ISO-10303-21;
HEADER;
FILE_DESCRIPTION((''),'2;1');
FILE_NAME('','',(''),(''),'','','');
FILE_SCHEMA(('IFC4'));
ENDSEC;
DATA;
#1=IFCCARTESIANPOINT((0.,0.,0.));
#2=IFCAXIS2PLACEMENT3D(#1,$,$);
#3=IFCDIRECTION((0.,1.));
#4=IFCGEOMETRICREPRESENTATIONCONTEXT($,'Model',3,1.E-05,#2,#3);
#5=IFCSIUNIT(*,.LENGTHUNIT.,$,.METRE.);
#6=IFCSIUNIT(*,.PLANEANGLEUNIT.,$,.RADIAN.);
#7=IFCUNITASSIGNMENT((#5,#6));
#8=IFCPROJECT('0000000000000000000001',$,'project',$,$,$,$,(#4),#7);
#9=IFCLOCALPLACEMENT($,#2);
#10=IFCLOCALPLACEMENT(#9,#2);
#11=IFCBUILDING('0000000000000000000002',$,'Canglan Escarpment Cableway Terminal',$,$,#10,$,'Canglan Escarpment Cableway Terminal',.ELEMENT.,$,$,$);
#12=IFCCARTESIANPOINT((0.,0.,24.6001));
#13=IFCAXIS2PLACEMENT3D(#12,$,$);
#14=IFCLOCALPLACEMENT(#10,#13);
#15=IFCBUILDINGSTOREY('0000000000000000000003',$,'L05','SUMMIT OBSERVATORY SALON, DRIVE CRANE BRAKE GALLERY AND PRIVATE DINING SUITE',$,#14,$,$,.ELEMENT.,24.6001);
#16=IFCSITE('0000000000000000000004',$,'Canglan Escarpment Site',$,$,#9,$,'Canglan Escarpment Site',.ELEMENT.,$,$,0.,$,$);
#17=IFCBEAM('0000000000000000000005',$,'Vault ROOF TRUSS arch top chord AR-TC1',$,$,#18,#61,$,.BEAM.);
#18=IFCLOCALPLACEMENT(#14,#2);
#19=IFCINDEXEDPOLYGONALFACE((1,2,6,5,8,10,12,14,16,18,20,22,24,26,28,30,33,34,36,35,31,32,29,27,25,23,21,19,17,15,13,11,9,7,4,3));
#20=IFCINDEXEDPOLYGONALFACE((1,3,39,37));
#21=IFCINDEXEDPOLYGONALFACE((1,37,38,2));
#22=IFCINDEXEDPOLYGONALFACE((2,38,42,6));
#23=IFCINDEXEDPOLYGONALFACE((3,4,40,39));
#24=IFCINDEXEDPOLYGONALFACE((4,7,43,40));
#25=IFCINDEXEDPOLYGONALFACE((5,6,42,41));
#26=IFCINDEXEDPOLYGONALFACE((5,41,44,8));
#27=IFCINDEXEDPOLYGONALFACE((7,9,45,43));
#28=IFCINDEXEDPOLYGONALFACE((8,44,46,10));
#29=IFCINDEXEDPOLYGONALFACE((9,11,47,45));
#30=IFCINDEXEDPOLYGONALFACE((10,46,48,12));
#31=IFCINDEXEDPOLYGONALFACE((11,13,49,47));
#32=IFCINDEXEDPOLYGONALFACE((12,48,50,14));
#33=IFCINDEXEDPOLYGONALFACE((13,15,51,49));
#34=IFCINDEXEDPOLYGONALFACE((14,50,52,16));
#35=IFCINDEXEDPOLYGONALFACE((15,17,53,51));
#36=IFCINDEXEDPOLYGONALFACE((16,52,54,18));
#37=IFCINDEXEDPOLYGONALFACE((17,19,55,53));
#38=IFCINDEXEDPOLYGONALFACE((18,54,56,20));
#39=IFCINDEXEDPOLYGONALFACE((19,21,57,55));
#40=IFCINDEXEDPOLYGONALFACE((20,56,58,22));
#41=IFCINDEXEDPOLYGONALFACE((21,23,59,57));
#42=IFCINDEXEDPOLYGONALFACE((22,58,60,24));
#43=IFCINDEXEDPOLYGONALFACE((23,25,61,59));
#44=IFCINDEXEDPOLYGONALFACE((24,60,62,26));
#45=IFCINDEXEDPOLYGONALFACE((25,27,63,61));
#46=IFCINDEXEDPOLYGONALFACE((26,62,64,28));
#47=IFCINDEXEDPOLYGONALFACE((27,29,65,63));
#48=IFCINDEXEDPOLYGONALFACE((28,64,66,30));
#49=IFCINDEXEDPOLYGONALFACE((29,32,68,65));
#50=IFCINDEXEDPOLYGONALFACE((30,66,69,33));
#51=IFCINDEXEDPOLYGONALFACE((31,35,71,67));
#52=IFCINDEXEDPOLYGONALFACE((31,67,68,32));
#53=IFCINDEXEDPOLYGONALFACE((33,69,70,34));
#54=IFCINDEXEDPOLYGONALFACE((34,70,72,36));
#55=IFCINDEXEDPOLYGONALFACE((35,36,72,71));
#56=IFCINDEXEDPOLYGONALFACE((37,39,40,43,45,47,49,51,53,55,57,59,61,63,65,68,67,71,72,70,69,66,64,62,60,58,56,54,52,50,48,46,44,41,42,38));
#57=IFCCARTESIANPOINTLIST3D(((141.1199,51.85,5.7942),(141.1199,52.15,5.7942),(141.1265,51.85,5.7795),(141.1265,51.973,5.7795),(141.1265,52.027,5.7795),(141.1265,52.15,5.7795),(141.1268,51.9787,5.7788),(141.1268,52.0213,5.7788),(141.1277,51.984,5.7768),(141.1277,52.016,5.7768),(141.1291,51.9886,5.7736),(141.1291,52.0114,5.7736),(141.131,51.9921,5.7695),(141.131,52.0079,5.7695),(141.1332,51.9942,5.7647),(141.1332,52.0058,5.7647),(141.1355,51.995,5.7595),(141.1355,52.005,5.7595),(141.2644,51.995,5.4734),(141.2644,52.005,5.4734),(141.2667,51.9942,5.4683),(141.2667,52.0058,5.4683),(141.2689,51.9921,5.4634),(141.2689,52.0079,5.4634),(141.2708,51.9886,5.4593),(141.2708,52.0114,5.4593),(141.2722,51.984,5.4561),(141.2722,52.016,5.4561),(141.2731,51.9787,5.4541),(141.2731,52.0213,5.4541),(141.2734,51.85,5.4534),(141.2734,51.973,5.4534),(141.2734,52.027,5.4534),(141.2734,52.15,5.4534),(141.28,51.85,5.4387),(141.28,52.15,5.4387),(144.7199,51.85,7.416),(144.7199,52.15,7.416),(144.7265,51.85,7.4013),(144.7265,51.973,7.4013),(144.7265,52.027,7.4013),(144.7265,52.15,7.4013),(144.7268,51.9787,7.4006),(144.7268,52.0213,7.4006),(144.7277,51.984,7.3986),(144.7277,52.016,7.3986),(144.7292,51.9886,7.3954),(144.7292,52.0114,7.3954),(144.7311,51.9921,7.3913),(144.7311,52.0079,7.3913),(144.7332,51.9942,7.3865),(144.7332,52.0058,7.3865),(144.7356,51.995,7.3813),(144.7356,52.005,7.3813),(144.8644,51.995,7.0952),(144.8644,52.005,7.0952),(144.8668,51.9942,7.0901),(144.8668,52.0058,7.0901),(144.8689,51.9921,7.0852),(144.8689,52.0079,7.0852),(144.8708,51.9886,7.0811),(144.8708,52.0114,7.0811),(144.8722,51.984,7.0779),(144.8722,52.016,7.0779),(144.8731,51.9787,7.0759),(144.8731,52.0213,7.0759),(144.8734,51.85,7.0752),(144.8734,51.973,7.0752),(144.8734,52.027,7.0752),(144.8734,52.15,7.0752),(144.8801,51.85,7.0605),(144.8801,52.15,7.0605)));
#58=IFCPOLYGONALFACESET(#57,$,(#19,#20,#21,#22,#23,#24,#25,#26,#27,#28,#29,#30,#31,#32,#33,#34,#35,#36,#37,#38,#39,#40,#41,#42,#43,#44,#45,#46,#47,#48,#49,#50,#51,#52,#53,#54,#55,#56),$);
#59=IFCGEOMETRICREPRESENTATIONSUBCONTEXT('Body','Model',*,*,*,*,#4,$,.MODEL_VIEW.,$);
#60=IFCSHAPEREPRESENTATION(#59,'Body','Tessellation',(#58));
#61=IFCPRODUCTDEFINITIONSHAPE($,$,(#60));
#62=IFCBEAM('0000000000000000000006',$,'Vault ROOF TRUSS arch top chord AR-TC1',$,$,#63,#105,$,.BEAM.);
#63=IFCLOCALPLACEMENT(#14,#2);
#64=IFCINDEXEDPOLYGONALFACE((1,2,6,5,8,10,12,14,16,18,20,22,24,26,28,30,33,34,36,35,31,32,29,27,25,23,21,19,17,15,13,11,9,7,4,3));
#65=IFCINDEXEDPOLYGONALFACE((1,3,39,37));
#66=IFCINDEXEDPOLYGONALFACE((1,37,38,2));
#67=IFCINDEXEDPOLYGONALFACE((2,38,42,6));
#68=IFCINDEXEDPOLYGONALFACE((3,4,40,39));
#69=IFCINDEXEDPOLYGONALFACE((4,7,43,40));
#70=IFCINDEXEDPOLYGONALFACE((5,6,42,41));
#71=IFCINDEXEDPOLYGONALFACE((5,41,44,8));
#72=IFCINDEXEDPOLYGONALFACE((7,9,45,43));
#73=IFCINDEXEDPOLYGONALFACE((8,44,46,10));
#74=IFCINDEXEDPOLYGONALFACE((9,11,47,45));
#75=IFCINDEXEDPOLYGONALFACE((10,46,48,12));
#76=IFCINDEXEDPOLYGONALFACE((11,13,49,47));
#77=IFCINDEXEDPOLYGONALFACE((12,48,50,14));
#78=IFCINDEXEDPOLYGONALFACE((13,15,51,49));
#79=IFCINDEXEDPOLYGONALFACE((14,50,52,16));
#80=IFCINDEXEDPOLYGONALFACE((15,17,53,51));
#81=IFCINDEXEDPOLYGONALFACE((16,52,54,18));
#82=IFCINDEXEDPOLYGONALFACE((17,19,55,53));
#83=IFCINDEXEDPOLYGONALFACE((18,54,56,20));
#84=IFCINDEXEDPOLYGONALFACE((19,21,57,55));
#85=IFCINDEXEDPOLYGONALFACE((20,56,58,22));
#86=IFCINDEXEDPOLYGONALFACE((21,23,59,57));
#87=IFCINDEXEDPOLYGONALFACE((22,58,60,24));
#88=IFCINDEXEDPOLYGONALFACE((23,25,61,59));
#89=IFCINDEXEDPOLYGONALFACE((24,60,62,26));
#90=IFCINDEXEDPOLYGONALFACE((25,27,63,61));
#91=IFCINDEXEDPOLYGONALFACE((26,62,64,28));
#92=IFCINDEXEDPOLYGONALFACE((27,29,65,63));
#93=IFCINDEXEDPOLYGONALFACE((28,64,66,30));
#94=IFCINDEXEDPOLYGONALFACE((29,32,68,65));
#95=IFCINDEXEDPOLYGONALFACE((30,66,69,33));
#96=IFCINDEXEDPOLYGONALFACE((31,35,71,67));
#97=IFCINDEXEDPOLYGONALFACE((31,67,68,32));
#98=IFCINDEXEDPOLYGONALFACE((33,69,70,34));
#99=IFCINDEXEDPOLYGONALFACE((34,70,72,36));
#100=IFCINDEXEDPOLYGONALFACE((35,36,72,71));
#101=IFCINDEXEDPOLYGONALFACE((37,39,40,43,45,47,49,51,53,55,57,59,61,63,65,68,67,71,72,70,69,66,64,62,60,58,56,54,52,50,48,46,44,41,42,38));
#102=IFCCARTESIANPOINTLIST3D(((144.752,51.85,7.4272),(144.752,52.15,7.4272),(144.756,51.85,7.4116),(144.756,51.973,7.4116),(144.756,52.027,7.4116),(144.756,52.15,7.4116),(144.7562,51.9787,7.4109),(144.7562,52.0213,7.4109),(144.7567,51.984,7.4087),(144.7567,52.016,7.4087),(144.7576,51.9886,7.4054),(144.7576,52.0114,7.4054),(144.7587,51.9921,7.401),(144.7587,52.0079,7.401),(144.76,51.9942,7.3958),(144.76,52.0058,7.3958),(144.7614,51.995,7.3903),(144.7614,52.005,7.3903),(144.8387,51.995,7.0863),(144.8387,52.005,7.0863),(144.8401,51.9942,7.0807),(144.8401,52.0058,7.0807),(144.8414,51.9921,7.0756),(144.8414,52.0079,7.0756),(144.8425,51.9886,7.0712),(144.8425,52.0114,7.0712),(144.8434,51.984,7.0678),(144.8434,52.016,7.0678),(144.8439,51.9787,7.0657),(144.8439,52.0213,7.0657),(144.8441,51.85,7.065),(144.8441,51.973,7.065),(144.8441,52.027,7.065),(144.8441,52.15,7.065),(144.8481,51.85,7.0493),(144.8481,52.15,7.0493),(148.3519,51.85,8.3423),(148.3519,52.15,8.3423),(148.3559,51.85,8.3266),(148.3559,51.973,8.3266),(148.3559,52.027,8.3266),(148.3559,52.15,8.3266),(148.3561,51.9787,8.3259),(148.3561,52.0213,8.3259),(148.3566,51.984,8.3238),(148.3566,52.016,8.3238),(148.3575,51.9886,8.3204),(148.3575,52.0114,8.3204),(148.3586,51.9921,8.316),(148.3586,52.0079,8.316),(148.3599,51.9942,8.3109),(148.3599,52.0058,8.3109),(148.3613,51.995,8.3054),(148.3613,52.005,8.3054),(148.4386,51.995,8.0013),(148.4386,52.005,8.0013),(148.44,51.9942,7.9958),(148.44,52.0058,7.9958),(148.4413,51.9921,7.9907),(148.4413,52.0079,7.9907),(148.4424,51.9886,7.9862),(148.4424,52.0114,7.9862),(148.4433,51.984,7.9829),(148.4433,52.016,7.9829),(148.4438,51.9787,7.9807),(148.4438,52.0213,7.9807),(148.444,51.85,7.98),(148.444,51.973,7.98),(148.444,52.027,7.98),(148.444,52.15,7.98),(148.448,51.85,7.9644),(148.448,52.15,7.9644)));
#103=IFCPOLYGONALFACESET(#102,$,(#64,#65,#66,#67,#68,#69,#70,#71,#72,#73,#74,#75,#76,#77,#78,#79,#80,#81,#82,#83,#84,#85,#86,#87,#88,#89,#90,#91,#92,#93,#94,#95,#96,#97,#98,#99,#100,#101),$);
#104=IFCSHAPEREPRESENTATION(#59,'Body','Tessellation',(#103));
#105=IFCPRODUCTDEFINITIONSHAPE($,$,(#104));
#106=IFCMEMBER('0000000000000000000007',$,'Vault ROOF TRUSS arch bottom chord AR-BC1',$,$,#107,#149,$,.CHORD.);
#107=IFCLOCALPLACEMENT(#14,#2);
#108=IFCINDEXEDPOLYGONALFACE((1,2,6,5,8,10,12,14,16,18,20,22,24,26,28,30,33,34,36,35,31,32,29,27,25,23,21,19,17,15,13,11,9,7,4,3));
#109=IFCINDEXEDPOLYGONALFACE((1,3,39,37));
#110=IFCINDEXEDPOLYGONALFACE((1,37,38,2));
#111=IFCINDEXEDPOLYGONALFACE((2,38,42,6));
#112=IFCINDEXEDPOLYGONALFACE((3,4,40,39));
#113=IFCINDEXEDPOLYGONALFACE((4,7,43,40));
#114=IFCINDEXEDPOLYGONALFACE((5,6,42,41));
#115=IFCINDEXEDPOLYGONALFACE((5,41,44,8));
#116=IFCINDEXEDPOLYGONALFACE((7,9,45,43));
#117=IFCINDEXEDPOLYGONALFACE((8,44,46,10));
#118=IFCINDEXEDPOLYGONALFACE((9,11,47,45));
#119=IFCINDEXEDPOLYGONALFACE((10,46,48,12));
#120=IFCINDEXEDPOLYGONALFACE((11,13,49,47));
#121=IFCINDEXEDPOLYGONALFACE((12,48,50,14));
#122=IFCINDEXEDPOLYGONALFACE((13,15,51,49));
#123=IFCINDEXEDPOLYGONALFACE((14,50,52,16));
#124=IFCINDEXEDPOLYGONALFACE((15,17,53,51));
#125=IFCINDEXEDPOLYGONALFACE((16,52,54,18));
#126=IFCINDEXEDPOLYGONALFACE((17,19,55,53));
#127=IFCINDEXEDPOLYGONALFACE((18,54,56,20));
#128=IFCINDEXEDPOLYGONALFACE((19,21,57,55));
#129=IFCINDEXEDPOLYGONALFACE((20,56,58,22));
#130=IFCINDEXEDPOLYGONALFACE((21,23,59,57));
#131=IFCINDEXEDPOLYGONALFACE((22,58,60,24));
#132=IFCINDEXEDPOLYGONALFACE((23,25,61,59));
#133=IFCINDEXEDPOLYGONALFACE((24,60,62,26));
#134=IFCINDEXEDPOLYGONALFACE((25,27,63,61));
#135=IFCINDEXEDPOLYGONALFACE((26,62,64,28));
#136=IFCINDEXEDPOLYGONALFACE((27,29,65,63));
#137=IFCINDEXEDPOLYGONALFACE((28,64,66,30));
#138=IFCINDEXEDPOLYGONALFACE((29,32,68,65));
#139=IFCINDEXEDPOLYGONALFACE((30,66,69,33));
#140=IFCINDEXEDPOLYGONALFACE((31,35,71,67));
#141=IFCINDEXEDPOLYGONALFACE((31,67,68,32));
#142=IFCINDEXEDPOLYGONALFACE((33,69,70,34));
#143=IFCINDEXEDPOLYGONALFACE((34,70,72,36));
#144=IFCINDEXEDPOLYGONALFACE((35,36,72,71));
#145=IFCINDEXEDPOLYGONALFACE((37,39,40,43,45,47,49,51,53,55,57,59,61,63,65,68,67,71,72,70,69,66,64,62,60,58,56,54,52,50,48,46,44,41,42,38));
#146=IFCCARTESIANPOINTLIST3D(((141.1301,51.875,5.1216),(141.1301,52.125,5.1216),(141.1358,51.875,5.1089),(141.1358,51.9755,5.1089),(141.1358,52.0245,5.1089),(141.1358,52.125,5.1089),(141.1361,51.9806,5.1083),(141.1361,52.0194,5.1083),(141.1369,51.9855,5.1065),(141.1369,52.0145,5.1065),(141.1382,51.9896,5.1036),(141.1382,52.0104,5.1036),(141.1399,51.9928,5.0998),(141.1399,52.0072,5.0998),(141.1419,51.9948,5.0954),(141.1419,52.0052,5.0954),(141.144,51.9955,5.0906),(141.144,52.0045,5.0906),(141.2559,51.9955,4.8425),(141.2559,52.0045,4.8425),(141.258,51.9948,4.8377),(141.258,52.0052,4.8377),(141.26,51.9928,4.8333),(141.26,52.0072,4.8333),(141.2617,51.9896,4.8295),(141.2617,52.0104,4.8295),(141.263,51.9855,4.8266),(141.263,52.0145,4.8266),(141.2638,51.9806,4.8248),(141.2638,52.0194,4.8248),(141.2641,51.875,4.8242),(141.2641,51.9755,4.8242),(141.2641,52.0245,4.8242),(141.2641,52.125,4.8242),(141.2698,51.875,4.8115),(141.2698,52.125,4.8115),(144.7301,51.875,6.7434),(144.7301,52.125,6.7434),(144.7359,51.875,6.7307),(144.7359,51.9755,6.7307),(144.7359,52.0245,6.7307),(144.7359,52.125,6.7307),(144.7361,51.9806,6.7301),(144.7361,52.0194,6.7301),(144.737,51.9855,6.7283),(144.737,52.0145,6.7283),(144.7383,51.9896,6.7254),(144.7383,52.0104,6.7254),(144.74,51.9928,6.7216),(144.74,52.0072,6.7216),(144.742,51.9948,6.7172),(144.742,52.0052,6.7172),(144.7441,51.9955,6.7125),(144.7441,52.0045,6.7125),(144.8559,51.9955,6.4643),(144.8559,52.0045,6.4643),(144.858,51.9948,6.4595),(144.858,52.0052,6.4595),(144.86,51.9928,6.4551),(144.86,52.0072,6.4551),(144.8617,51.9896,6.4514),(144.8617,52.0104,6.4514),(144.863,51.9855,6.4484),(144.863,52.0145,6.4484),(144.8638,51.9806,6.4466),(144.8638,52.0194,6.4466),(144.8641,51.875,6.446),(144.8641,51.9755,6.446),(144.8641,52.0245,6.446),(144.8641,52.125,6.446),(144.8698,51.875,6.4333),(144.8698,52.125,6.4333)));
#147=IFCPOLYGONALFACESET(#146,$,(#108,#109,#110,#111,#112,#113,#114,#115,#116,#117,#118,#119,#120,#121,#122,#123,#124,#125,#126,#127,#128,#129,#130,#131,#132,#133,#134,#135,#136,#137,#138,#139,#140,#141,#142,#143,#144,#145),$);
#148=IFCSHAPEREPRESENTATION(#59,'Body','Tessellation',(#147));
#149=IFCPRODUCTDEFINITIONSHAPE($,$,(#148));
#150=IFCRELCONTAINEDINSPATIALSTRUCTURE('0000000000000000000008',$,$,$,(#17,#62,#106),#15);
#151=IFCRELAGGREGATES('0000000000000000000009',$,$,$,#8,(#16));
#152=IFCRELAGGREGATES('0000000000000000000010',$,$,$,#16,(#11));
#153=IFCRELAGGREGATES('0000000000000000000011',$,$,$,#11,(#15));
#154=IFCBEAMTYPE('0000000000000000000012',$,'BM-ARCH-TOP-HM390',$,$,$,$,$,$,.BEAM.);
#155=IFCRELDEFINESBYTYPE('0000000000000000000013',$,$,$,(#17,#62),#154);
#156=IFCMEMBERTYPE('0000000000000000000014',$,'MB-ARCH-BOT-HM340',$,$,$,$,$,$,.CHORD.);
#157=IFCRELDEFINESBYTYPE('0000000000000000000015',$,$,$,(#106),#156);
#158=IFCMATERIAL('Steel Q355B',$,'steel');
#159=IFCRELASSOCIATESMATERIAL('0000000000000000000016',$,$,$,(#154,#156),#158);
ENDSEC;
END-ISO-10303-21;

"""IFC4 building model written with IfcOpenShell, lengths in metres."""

from ifc_helpers import new_model, si_unit, direction, frame, origin, origin_2d, place, context, subcontext, project, spatial, i_section, extrude, material, material_profile, profile_set, type_object, element, save


model = new_model("IFC4")

# Units and contexts
model_context = context("Model", 3, precision=1e-05, world=origin(), true_north=direction((0.0, 1.0)))
body_context = subcontext(model_context, "Body", "Model", "MODEL_VIEW")
ifc_project = project(units=[si_unit("LENGTHUNIT", "METRE"), si_unit("PLANEANGLEUNIT", "RADIAN")], contexts=[model_context])

# Site, building, storey
site_placement = place(None, origin())
site = spatial("IfcSite", under=ifc_project, at=site_placement, Name="Canglan Escarpment Site", LongName="Canglan Escarpment Site", CompositionType="ELEMENT", RefElevation=0.0)
building_placement = place(site_placement, origin())
building = spatial("IfcBuilding", under=site, at=building_placement, Name="Canglan Escarpment Cableway Terminal", LongName="Canglan Escarpment Cableway Terminal", CompositionType="ELEMENT")
storey_placement = place(building_placement, frame((0.0, 0.0, 24.6001)))
storey = spatial("IfcBuildingStorey", under=building, at=storey_placement, Name="L05", Description="SUMMIT OBSERVATORY SALON, DRIVE CRANE BRAKE GALLERY AND PRIVATE DINING SUITE", CompositionType="ELEMENT", Elevation=24.6001)

# Beams
ifc_material_1 = material(Name="Steel Q355B", Category="steel")
ifc_material_profile_1 = material_profile(ifc_material_1, i_section(OverallWidth=0.3, OverallDepth=0.3899, WebThickness=0.01, FlangeThickness=0.0161, FilletRadius=0.022, at=origin_2d()), Name="HM 390x300x10x16")
ifc_profile_set_1 = profile_set([ifc_material_profile_1], Name="Steel Q355B")
beam_type = type_object("IfcBeamType", Name="BM-ARCH-TOP-HM390", PredefinedType="BEAM", material=ifc_profile_set_1)
beam_1_placement = place(storey_placement, frame((141.2, 52.0, 5.6165), z_axis=(0.911753, 0.0, 0.41074), x_axis=(0.0, 1.0, 0.0)))
element("IfcBeam", 1, at=beam_1_placement, inside=storey, type_object=beam_type, Name="Vault ROOF TRUSS arch top chord AR-TC1", PredefinedType="BEAM", context=body_context, shape_type="SweptSolid", body=[
    extrude(i_section(OverallWidth=0.3, OverallDepth=0.3899, WebThickness=0.01, FlangeThickness=0.0161, FilletRadius=0.022, at=origin_2d()), origin(), (0.0, 0.0, 1.0), 3.9485),
])
beam_2_placement = place(storey_placement, frame((144.8, 52.0, 7.2383), z_axis=(0.96918, 0.0, 0.246354), x_axis=(0.0, 1.0, 0.0)))
element("IfcBeam", 2, at=beam_2_placement, inside=storey, type_object=beam_type, Name="Vault ROOF TRUSS arch top chord AR-TC1", PredefinedType="BEAM", context=body_context, shape_type="SweptSolid", body=[
    extrude(i_section(OverallWidth=0.3, OverallDepth=0.3899, WebThickness=0.01, FlangeThickness=0.0161, FilletRadius=0.022, at=origin_2d()), origin(), (0.0, 0.0, 1.0), 3.7144),
])

# Member
ifc_material_profile_2 = material_profile(ifc_material_1, i_section(OverallWidth=0.25, OverallDepth=0.3401, WebThickness=0.009, FlangeThickness=0.0139, FilletRadius=0.02, at=origin_2d()), Name="HM 340x250x9x14")
ifc_profile_set_2 = profile_set([ifc_material_profile_2], Name="Steel Q355B")
member_type_1 = type_object("IfcMemberType", Name="MB-ARCH-BOT-HM340", PredefinedType="CHORD", material=ifc_profile_set_2)
member_1_placement = place(storey_placement, frame((141.2, 52.0, 4.9666), z_axis=(0.911753, 0.0, 0.41074), x_axis=(0.0, 1.0, 0.0)))
element("IfcMember", 3, at=member_1_placement, inside=storey, type_object=member_type_1, Name="Vault ROOF TRUSS arch bottom chord AR-BC1", PredefinedType="CHORD", context=body_context, shape_type="SweptSolid", body=[
    extrude(i_section(OverallWidth=0.25, OverallDepth=0.3401, WebThickness=0.009, FlangeThickness=0.0139, FilletRadius=0.02, at=origin_2d()), origin(), (0.0, 0.0, 1.0), 3.9485),
])

save(model, "model.ifc")
